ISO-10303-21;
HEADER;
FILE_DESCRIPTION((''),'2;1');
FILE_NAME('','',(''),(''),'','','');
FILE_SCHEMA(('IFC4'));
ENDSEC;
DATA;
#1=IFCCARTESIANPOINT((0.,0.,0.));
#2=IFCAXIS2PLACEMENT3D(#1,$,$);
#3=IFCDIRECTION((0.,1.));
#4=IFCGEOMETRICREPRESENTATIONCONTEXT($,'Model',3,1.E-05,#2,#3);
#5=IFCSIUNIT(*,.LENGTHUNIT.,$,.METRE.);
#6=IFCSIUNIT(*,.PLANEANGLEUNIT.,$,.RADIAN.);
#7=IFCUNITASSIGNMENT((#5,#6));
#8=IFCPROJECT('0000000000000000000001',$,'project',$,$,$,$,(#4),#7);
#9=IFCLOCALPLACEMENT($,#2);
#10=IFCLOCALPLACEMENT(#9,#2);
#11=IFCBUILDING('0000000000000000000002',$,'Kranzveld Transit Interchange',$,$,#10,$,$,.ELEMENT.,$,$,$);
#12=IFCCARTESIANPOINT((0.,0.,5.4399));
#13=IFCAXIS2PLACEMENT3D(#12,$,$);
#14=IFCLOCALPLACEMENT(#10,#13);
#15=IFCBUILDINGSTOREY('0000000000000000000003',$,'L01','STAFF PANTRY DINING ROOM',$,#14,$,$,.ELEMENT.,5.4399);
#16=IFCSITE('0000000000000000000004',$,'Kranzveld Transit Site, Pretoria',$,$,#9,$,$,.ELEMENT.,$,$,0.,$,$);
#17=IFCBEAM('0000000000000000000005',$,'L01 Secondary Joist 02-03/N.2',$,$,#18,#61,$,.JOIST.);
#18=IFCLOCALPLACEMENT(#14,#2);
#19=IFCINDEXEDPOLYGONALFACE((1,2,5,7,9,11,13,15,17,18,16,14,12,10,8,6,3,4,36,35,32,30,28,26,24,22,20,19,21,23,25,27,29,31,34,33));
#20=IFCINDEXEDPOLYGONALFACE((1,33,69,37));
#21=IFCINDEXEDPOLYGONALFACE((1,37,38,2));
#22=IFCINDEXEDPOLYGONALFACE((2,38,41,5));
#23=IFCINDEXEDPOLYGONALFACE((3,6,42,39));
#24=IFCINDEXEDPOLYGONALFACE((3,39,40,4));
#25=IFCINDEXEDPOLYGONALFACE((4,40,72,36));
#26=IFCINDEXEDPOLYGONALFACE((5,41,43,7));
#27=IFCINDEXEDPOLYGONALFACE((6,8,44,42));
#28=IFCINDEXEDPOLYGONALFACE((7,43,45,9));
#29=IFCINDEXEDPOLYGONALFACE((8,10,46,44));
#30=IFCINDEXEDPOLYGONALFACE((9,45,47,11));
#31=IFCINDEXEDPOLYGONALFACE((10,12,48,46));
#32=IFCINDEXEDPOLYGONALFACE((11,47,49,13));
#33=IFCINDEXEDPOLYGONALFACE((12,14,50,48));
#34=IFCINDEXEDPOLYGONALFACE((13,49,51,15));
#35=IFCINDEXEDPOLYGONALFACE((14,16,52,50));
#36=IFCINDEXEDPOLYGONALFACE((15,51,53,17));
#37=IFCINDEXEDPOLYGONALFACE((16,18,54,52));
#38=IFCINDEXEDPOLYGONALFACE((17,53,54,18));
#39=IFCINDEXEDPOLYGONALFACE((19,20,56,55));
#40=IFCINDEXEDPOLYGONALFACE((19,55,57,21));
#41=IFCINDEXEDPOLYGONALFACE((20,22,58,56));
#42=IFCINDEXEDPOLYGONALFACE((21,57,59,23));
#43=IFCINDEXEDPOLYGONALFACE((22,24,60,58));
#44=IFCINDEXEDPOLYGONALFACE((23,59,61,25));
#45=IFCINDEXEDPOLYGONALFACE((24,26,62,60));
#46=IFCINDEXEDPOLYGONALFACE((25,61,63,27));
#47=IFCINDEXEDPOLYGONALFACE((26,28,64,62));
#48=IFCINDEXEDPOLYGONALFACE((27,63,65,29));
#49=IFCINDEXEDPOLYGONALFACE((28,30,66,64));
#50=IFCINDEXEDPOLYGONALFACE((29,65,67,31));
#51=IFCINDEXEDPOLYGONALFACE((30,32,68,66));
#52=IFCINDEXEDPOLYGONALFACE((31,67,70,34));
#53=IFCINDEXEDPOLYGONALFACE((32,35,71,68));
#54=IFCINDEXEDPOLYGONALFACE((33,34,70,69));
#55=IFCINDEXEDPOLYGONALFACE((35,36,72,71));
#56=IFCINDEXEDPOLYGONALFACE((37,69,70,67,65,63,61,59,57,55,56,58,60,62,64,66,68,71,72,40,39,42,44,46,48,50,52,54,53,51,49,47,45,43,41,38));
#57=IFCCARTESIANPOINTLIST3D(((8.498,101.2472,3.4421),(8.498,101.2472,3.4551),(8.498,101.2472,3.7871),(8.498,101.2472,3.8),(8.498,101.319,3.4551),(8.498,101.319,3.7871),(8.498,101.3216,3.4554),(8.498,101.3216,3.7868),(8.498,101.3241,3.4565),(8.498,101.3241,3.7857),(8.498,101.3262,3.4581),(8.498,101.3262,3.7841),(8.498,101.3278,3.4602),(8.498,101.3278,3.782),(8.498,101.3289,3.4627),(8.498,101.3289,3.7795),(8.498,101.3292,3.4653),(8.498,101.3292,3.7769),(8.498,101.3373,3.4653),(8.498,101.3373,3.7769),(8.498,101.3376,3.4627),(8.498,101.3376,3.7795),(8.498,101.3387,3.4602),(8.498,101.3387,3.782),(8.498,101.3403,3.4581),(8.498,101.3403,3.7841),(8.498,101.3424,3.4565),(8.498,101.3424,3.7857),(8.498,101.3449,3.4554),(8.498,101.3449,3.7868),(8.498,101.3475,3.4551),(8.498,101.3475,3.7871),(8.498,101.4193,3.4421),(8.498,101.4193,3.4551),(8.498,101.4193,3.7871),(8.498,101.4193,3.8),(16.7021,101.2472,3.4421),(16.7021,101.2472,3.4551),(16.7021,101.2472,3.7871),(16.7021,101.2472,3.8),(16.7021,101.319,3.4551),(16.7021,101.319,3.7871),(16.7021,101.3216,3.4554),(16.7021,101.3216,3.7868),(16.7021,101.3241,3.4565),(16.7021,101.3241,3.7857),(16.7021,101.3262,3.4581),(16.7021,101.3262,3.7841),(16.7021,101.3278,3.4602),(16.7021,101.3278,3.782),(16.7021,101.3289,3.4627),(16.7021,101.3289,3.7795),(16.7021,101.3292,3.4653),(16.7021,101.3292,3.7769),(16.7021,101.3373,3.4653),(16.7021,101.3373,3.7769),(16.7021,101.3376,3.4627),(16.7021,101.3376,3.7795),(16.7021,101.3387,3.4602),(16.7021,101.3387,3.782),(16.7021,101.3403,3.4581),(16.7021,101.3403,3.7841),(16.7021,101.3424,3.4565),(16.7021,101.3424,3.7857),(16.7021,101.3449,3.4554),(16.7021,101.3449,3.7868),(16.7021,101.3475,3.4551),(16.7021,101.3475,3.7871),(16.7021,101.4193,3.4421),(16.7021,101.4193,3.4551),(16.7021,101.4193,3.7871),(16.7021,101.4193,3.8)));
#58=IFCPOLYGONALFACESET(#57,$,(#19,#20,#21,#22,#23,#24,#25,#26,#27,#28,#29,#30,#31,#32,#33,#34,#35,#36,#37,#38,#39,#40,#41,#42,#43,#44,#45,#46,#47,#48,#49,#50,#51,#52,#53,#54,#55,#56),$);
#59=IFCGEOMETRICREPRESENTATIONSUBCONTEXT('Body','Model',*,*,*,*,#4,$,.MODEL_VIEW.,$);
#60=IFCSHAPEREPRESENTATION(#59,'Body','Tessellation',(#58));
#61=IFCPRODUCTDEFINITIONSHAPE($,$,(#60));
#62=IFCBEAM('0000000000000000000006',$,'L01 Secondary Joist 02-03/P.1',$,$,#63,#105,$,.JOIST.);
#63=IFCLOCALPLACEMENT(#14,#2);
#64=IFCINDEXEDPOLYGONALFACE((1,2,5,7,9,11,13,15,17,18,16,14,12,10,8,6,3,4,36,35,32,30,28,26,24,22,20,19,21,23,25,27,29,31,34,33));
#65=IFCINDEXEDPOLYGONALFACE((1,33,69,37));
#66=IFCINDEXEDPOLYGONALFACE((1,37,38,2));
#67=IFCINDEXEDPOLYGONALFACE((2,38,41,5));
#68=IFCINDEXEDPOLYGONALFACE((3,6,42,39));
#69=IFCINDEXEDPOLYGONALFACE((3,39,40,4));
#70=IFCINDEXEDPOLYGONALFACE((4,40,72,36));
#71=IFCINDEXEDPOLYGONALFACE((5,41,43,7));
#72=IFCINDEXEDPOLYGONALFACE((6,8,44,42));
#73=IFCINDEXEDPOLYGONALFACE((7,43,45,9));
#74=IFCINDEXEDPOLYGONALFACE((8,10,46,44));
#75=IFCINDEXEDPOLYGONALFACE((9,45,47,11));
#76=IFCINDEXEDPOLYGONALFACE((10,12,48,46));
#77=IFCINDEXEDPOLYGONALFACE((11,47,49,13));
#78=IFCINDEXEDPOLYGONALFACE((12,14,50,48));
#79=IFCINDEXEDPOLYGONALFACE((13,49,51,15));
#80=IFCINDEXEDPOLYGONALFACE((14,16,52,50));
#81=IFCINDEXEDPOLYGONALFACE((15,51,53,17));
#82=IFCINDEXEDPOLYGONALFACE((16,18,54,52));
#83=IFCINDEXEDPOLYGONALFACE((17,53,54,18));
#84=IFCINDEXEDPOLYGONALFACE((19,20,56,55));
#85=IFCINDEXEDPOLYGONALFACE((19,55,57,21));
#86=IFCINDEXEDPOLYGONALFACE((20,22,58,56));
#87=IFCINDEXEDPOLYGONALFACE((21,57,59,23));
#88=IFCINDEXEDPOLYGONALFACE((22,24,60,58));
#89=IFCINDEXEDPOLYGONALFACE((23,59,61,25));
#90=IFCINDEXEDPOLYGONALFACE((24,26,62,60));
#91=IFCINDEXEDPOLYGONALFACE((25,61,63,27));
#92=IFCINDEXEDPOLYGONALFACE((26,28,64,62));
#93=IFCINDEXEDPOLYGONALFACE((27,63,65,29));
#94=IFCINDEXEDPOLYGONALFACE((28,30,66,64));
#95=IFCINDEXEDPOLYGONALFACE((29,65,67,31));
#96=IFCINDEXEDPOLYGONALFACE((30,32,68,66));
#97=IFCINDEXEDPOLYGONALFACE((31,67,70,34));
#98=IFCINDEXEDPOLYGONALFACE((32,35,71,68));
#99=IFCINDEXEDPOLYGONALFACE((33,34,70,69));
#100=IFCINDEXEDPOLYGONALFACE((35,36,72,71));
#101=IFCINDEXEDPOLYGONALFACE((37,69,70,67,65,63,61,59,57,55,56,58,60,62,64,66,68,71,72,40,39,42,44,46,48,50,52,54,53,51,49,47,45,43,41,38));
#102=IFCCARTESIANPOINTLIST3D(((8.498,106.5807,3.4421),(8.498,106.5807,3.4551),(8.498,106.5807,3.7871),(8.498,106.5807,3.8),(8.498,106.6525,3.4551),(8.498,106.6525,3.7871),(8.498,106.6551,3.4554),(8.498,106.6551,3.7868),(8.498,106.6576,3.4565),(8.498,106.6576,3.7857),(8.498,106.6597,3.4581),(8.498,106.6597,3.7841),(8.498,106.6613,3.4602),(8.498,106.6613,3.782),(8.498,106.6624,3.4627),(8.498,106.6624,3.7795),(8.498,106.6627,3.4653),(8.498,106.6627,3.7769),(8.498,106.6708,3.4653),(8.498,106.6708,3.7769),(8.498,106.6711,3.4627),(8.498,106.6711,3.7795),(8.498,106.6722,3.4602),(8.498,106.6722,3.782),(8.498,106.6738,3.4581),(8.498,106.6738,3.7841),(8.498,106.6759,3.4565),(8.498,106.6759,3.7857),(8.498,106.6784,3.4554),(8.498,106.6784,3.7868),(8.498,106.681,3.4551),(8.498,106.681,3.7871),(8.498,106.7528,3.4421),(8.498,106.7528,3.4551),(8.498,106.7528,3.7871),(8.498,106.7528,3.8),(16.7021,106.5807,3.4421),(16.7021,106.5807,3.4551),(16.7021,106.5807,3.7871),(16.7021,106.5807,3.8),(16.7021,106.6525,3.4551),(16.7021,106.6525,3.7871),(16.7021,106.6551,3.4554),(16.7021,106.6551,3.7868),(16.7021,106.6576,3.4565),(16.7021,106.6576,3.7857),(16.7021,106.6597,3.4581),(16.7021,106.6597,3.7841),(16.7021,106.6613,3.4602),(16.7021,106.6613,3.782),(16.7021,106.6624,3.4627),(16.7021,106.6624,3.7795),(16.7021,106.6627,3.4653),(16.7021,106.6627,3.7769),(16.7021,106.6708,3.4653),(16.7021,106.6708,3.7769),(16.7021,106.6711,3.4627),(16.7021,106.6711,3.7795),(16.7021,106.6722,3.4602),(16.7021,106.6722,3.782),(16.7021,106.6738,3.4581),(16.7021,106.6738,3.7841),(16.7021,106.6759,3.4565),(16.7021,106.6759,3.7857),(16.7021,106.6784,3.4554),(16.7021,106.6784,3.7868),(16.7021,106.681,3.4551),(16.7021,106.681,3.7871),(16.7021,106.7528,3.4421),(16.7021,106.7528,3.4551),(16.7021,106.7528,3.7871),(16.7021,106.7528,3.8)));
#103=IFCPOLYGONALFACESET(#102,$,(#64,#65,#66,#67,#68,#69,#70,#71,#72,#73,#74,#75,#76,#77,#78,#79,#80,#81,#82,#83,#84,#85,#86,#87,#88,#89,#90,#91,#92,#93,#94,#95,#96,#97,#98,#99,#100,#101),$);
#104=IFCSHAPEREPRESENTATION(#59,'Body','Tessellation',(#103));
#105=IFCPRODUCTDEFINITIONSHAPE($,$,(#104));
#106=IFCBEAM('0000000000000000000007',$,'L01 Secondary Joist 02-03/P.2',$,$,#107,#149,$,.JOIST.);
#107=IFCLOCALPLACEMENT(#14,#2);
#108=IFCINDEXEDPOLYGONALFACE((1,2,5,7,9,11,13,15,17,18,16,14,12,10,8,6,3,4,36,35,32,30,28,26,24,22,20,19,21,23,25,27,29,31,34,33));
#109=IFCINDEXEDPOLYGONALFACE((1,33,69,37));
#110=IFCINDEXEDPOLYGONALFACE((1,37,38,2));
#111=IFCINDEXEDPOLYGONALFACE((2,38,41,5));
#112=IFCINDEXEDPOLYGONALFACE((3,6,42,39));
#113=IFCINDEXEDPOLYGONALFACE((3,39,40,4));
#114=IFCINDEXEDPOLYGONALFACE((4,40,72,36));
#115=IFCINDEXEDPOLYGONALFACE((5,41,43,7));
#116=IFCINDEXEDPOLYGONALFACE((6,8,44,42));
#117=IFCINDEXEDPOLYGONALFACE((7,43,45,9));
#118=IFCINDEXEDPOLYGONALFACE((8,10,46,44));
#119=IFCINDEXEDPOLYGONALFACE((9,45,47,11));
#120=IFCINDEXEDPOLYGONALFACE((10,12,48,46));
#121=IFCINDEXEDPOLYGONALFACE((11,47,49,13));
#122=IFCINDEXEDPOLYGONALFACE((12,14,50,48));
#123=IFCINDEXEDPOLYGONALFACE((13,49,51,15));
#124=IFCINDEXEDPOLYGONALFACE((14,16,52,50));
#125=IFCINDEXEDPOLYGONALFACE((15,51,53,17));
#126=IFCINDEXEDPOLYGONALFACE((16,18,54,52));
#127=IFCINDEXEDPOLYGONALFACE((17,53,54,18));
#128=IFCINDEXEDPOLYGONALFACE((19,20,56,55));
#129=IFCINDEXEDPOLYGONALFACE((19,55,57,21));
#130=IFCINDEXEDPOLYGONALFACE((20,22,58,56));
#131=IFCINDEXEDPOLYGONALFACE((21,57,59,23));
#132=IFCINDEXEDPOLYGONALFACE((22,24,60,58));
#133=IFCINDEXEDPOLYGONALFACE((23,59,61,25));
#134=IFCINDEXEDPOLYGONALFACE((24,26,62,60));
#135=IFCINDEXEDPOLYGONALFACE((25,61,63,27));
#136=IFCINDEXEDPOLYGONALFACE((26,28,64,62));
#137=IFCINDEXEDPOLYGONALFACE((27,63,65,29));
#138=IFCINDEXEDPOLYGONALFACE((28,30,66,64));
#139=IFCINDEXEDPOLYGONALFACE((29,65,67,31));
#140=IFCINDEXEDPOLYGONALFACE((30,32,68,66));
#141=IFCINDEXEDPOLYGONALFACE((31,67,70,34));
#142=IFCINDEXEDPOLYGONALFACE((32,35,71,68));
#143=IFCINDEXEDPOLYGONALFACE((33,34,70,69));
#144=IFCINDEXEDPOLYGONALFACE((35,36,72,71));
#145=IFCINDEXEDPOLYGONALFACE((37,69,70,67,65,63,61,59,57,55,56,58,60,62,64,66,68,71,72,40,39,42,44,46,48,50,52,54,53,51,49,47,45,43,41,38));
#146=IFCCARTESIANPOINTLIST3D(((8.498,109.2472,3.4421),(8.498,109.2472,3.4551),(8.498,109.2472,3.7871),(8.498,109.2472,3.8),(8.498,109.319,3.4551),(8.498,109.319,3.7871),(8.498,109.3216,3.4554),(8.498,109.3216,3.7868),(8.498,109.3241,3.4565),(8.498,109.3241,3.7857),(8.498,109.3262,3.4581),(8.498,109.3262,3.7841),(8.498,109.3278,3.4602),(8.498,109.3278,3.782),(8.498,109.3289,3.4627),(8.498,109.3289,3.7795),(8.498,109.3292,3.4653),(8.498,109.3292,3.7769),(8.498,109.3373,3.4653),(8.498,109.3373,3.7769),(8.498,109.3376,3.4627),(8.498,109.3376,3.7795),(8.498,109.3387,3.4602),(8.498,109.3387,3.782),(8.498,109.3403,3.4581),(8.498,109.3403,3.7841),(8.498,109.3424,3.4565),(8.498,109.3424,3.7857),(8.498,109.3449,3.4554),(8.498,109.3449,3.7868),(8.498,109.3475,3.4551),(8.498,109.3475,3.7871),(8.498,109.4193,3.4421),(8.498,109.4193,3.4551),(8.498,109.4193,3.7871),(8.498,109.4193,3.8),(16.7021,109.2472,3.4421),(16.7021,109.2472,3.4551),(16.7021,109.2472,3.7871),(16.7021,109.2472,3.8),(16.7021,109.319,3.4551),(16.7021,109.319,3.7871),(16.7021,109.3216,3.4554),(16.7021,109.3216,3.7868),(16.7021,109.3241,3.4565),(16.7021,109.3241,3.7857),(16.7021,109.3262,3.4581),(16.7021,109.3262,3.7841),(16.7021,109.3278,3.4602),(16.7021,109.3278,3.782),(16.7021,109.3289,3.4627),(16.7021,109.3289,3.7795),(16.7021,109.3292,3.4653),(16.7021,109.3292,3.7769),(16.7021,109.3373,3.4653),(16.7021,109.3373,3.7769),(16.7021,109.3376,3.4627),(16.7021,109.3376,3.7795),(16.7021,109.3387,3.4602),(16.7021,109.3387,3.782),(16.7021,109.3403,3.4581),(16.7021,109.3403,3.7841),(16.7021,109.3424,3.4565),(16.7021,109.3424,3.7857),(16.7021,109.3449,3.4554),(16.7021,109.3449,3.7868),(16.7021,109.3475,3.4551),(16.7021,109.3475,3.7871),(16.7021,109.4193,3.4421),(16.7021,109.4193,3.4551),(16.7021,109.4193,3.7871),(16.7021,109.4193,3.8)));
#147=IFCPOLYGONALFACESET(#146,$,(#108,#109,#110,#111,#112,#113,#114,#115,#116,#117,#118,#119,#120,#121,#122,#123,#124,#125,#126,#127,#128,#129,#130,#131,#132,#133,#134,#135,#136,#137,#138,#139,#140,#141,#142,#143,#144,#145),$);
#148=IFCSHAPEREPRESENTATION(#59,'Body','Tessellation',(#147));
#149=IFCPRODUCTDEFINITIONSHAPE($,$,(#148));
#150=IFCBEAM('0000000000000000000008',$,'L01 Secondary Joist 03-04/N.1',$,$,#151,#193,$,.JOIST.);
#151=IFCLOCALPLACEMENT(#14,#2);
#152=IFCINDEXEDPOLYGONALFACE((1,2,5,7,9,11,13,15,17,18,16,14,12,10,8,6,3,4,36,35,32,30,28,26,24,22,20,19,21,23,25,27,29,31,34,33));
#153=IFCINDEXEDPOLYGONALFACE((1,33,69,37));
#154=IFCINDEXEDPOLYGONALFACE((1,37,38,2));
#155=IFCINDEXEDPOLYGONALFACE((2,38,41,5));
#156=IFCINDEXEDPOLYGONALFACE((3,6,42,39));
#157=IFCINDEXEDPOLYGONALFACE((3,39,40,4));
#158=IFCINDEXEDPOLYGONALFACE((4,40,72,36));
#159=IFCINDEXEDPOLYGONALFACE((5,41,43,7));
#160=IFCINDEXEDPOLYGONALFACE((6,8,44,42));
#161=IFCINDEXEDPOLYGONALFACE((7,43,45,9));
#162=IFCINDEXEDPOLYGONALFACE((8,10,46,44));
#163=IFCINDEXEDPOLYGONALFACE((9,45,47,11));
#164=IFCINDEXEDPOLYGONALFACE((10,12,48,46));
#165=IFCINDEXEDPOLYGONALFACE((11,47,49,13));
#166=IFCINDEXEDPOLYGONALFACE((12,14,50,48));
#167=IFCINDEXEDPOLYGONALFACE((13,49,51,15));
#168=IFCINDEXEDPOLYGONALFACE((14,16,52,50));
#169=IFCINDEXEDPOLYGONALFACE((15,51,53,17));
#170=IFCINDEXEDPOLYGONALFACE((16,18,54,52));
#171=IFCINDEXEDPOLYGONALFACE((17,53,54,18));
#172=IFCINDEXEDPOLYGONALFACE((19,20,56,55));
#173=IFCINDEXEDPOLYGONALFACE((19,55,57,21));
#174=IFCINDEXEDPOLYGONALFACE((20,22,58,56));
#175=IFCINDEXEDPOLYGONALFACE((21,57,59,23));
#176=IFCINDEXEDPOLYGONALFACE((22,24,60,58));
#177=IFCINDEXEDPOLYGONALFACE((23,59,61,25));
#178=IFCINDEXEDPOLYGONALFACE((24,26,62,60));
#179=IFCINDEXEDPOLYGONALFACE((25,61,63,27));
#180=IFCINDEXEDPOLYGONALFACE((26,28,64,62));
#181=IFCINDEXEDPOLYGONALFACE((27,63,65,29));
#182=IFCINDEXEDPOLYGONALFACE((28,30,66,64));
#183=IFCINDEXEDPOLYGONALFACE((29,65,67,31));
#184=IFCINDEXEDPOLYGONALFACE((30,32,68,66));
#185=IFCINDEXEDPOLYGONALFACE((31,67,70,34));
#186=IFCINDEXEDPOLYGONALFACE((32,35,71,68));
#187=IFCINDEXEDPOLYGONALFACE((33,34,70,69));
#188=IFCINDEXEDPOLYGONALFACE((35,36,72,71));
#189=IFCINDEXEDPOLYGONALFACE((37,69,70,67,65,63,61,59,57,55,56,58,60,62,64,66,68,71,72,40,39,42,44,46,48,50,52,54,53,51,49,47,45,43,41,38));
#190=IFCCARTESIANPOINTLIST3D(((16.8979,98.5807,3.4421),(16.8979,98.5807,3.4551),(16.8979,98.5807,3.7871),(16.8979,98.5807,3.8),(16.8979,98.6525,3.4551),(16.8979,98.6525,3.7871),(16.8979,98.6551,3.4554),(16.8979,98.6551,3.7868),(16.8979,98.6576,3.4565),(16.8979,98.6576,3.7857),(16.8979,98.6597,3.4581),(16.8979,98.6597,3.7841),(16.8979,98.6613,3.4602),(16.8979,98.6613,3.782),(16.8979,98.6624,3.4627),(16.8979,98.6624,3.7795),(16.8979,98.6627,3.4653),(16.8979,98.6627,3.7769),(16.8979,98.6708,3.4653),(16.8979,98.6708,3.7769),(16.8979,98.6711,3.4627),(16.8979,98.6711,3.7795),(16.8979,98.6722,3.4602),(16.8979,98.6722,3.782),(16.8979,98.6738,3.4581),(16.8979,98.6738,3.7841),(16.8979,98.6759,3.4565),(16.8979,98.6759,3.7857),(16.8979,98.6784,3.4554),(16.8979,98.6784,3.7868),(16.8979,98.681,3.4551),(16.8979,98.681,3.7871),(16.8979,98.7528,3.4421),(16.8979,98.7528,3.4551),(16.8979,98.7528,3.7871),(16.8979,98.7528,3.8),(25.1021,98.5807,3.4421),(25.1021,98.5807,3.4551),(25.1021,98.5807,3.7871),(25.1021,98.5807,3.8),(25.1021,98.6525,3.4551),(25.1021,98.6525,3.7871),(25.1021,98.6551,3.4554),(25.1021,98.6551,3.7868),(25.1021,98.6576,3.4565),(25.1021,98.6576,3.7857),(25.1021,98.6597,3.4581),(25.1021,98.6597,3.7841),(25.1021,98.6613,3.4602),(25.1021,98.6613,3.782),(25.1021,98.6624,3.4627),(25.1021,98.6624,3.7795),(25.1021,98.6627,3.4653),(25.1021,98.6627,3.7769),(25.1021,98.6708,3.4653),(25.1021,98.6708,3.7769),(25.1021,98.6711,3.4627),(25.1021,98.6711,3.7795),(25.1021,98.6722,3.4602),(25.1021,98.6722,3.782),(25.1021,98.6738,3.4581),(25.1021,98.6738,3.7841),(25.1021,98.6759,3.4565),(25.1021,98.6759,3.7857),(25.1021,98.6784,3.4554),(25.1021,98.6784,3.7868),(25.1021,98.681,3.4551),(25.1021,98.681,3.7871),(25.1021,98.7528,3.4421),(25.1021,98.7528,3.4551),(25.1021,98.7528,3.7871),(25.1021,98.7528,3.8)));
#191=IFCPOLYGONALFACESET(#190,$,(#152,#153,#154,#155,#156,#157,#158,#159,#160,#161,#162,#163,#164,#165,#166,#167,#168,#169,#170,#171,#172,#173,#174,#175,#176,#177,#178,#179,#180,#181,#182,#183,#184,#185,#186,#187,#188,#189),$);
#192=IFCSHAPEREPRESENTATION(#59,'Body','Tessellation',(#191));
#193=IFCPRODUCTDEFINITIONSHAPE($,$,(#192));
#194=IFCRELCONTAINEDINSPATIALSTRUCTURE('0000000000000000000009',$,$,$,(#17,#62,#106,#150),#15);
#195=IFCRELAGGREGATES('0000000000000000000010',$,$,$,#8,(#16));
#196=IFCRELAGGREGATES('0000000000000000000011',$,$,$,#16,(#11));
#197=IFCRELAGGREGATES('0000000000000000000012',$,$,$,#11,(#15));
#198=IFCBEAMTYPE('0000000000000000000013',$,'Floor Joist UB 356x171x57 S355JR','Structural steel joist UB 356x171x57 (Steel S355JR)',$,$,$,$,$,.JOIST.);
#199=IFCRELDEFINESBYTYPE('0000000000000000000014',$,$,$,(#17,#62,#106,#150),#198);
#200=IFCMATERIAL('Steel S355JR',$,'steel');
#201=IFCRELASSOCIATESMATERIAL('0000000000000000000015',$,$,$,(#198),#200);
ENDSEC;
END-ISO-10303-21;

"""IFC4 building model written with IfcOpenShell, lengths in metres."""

from ifc_helpers import new_model, si_unit, direction, frame, origin, origin_2d, place, context, subcontext, project, spatial, i_section, extrude, material, material_profile, profile_set, type_object, element, save


model = new_model("IFC4")

# Units and contexts
model_context = context("Model", 3, precision=1e-05, world=origin(), true_north=direction((0.0, 1.0)))
body_context = subcontext(model_context, "Body", "Model", "MODEL_VIEW")
ifc_project = project(units=[si_unit("LENGTHUNIT", "METRE"), si_unit("PLANEANGLEUNIT", "RADIAN")], contexts=[model_context])

# Site, building, storey
site_placement = place(None, origin())
site = spatial("IfcSite", under=ifc_project, at=site_placement, Name="Kranzveld Transit Site, Pretoria", CompositionType="ELEMENT", RefElevation=0.0)
building_placement = place(site_placement, origin())
building = spatial("IfcBuilding", under=site, at=building_placement, Name="Kranzveld Transit Interchange", CompositionType="ELEMENT")
storey_placement = place(building_placement, frame((0.0, 0.0, 5.4399)))
storey = spatial("IfcBuildingStorey", under=building, at=storey_placement, Name="L01", Description="STAFF PANTRY DINING ROOM", CompositionType="ELEMENT", Elevation=5.4399)

# Beams
ifc_material_1 = material(Name="Steel S355JR", Category="steel")
ifc_material_profile_1 = material_profile(ifc_material_1, i_section(OverallWidth=0.1721, OverallDepth=0.3579, WebThickness=0.0081, FlangeThickness=0.0129, FilletRadius=0.0103, at=origin_2d()), Name="UB 356x171x57")
ifc_profile_set_1 = profile_set([ifc_material_profile_1], Name="Steel S355JR")
beam_type_1 = type_object("IfcBeamType", Name="Floor Joist UB 356x171x57 S355JR", Description="Structural steel joist UB 356x171x57 (Steel S355JR)", PredefinedType="JOIST", material=ifc_profile_set_1)
for number, where, z_axis, x_axis, name in (
    (1, (8.498, 101.3333, 3.6211), (1.0, 0.0, 0.0), (0.0, 1.0, 0.0), "L01 Secondary Joist 02-03/N.2"),
    (2, (8.498, 106.6667, 3.6211), (1.0, 0.0, 0.0), (0.0, 1.0, 0.0), "L01 Secondary Joist 02-03/P.1"),
    (3, (8.498, 109.3333, 3.6211), (1.0, 0.0, 0.0), (0.0, 1.0, 0.0), "L01 Secondary Joist 02-03/P.2"),
    (4, (16.8979, 98.6667, 3.6211), (1.0, 0.0, 0.0), (0.0, 1.0, 0.0), "L01 Secondary Joist 03-04/N.1"),
):
    element("IfcBeam", number, at=place(storey_placement, frame(where, z_axis=z_axis, x_axis=x_axis)), inside=storey, type_object=beam_type_1, Name=name, PredefinedType="JOIST", context=body_context, shape_type="SweptSolid", body=[
        extrude(i_section(OverallWidth=0.1721, OverallDepth=0.3579, WebThickness=0.0081, FlangeThickness=0.0129, FilletRadius=0.0103, at=origin_2d()), origin(), (0.0, 0.0, 1.0), 8.2041),
    ])

save(model, "model.ifc")
